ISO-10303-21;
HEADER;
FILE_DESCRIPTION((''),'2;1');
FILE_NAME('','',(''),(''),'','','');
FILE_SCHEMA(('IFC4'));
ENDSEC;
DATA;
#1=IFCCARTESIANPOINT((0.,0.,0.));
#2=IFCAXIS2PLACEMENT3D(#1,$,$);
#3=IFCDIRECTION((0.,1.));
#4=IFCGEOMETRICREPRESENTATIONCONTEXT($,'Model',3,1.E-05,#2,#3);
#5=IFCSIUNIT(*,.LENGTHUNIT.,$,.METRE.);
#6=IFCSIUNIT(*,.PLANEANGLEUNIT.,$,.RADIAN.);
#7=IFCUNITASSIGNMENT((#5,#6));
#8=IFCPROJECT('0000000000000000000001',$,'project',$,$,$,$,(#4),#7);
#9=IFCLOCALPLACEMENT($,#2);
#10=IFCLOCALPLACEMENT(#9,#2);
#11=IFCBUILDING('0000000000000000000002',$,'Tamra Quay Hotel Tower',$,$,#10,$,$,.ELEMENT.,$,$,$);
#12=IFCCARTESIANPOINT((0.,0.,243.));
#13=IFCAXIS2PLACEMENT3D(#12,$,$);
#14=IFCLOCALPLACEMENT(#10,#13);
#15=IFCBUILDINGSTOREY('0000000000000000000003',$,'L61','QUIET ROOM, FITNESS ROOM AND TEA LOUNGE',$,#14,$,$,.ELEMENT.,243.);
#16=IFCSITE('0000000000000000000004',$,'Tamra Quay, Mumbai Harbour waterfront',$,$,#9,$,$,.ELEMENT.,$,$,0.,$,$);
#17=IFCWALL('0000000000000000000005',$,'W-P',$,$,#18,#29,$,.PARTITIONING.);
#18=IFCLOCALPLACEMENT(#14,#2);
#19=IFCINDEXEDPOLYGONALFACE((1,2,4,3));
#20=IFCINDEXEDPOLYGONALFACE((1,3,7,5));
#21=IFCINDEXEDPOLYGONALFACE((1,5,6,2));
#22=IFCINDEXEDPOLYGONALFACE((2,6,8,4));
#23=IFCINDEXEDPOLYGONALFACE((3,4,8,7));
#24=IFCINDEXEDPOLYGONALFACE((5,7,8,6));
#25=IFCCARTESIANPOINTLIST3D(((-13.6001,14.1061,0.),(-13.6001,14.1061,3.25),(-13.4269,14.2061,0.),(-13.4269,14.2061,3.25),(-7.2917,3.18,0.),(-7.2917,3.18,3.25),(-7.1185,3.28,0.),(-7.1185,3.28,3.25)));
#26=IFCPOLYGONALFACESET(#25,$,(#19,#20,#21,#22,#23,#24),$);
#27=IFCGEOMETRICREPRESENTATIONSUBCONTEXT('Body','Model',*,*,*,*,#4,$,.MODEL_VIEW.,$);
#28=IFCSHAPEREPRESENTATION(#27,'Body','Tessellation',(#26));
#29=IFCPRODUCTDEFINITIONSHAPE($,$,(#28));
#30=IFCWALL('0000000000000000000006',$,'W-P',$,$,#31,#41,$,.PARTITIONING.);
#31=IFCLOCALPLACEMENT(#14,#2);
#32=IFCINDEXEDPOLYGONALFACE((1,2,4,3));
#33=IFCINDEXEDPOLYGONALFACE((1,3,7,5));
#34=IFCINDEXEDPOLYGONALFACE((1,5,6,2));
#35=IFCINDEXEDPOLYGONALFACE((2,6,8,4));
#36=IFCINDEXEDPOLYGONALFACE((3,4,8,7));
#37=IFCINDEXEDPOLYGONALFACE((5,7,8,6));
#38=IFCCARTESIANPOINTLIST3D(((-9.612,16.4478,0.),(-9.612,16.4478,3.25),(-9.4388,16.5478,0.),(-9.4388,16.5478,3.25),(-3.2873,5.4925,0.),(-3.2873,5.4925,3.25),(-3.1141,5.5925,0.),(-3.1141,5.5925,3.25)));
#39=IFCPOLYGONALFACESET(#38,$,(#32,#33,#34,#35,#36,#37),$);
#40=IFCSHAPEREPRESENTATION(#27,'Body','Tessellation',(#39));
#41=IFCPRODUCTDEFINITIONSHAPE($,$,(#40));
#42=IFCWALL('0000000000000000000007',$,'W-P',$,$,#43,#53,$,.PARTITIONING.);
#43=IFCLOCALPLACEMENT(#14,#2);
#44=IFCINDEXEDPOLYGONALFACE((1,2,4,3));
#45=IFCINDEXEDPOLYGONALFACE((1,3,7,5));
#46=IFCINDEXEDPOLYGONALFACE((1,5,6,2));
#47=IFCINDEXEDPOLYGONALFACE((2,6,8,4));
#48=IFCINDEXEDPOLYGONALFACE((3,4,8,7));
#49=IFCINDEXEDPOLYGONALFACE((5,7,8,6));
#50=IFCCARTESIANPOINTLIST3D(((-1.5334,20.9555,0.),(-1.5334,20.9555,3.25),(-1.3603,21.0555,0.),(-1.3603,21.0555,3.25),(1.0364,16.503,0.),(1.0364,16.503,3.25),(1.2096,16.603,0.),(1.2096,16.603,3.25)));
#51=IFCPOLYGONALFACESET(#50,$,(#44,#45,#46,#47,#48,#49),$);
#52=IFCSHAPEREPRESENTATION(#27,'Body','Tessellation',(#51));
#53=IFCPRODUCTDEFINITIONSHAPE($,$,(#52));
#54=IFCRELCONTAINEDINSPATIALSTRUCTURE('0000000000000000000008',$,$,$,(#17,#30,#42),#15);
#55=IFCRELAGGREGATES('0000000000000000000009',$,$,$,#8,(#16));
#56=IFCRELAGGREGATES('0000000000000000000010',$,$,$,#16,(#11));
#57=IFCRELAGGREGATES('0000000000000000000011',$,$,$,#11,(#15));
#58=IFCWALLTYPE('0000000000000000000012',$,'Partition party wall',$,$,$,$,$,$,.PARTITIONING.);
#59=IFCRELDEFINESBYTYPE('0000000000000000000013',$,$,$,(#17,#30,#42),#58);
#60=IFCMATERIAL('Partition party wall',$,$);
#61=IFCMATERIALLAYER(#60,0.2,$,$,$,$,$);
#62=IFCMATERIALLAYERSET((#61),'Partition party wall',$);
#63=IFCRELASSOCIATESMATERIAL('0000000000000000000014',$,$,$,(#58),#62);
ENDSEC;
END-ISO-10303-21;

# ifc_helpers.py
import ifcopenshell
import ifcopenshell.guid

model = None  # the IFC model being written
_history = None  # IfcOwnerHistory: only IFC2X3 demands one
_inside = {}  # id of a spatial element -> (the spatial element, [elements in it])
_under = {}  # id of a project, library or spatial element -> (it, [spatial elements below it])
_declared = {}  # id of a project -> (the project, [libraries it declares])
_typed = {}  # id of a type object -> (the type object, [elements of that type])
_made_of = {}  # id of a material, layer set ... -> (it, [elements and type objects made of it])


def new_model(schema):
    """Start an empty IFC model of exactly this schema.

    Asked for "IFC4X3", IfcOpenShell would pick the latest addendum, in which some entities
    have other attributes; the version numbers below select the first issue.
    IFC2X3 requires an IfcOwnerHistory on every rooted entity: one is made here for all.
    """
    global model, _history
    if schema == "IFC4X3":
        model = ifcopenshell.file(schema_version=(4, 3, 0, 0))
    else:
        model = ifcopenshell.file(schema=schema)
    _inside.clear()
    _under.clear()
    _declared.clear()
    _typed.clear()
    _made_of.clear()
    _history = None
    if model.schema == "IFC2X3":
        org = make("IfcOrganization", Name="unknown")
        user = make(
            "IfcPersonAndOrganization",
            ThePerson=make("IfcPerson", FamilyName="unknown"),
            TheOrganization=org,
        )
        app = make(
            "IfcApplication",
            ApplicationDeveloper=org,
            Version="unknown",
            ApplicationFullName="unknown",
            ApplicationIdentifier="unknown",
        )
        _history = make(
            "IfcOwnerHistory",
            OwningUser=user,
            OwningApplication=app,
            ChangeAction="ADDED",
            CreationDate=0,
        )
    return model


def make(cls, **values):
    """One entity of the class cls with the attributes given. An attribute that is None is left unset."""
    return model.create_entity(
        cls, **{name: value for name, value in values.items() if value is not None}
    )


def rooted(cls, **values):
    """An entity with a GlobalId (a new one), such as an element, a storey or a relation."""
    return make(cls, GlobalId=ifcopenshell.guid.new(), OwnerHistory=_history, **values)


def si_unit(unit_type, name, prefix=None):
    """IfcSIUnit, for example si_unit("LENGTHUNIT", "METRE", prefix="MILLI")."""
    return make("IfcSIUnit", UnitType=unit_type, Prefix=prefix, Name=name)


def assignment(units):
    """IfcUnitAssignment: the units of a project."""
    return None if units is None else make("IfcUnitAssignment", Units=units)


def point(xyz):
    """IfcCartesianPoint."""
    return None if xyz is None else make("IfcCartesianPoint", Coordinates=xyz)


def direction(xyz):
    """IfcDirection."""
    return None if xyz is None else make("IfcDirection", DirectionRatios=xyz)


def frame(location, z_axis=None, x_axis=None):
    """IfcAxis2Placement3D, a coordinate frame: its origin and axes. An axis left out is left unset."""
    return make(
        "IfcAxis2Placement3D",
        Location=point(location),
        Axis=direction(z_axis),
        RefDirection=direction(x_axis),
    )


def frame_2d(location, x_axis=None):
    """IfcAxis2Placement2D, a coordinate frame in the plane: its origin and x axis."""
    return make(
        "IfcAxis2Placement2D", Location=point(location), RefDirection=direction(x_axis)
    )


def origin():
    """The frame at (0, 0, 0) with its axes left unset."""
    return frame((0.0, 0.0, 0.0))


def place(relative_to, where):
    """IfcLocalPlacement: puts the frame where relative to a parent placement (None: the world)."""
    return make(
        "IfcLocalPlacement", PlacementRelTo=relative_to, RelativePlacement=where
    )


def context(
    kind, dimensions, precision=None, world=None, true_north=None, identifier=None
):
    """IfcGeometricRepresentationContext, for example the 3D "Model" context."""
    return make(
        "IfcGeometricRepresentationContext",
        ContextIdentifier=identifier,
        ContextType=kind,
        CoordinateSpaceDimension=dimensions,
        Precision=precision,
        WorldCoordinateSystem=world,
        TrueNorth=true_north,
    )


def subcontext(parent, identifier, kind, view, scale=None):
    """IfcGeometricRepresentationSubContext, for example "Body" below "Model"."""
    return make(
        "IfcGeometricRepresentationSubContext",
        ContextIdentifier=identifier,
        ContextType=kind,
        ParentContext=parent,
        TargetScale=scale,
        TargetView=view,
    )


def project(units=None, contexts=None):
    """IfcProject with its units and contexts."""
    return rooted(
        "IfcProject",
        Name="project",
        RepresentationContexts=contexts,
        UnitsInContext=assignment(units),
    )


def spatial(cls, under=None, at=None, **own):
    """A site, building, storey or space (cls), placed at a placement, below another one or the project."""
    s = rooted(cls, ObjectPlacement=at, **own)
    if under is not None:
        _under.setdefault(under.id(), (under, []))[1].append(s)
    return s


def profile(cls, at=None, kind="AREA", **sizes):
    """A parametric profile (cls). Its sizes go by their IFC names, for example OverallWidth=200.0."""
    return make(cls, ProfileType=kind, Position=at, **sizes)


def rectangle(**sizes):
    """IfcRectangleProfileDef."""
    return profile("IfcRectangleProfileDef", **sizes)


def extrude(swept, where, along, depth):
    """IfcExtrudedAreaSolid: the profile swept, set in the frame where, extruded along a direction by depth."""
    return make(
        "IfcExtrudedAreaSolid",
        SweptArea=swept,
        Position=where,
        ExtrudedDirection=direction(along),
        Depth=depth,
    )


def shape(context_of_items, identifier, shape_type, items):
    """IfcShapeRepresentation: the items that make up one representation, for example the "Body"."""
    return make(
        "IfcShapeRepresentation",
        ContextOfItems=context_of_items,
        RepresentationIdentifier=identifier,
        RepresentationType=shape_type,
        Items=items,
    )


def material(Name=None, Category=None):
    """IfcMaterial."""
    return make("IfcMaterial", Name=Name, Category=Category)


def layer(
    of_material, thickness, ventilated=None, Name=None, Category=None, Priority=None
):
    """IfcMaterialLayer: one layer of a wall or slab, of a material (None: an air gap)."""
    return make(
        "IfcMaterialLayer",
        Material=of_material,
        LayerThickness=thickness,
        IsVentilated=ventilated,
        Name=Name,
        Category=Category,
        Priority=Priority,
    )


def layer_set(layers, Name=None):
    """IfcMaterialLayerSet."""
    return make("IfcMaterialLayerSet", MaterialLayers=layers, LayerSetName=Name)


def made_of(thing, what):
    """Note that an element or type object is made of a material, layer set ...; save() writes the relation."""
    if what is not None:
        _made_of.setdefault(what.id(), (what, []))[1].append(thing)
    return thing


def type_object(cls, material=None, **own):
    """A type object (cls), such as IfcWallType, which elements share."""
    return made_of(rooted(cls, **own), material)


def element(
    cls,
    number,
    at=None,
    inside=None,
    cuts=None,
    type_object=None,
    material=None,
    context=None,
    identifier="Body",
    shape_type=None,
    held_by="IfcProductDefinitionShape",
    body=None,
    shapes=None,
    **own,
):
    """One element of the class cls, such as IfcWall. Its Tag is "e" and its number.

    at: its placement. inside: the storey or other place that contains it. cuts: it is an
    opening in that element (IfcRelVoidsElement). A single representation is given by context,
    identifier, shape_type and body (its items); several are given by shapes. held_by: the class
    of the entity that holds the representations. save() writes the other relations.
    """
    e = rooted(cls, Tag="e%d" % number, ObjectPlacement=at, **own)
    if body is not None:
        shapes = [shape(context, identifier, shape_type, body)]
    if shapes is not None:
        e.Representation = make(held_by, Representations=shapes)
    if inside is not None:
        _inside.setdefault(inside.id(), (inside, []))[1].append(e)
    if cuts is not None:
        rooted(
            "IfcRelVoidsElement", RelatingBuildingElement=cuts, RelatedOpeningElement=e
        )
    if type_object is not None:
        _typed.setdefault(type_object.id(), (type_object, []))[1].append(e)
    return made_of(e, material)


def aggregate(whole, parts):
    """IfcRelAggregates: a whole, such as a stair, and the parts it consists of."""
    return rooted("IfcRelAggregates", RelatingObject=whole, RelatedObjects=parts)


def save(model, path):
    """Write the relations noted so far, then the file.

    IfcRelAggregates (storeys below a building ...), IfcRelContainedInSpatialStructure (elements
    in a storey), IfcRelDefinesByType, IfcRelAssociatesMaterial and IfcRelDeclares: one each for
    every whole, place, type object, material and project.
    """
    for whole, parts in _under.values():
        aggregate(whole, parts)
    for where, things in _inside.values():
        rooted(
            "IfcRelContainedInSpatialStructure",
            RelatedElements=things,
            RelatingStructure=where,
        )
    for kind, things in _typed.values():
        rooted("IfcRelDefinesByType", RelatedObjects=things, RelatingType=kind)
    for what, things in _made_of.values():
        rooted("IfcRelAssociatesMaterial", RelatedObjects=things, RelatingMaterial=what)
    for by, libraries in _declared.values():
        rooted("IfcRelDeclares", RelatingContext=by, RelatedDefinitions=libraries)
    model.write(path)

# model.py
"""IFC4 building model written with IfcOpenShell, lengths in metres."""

from ifc_helpers import new_model, si_unit, direction, frame, frame_2d, origin, place, context, subcontext, project, spatial, rectangle, extrude, material, layer, layer_set, type_object, element, save


model = new_model("IFC4")

# Units and contexts
model_context = context("Model", 3, precision=1e-05, world=origin(), true_north=direction((0.0, 1.0)))
body_context = subcontext(model_context, "Body", "Model", "MODEL_VIEW")
ifc_project = project(units=[si_unit("LENGTHUNIT", "METRE"), si_unit("PLANEANGLEUNIT", "RADIAN")], contexts=[model_context])

# Site, building, storey
site_placement = place(None, origin())
site = spatial("IfcSite", under=ifc_project, at=site_placement, Name="Tamra Quay, Mumbai Harbour waterfront", CompositionType="ELEMENT", RefElevation=0.0)
building_placement = place(site_placement, origin())
building = spatial("IfcBuilding", under=site, at=building_placement, Name="Tamra Quay Hotel Tower", CompositionType="ELEMENT")
storey_placement = place(building_placement, frame((0.0, 0.0, 243.0)))
storey = spatial("IfcBuildingStorey", under=building, at=storey_placement, Name="L61", Description="QUIET ROOM, FITNESS ROOM AND TEA LOUNGE", CompositionType="ELEMENT", Elevation=243.0)

# Walls
ifc_material_1 = material(Name="Partition party wall")
ifc_layer_1 = layer(ifc_material_1, 0.2)
ifc_layer_set_1 = layer_set([ifc_layer_1], Name="Partition party wall")
wall_type = type_object("IfcWallType", Name="Partition party wall", PredefinedType="PARTITIONING", material=ifc_layer_set_1)
wall_1_placement = place(storey_placement, frame((-13.5134, 14.156, 0.0), z_axis=(0.0, 0.0, 1.0), x_axis=(0.500012, -0.866018, 0.0)))
element("IfcWall", 1, at=wall_1_placement, inside=storey, type_object=wall_type, Name="W-P", PredefinedType="PARTITIONING", context=body_context, shape_type="SweptSolid", body=[
    extrude(rectangle(XDim=12.6165, YDim=0.2, at=frame_2d((6.3081, 0.0))), origin(), (0.0, 0.0, 1.0), 3.25),
])
wall_2_placement = place(storey_placement, frame((-9.5254, 16.4978, 0.0), z_axis=(0.0, 0.0, 1.0), x_axis=(0.499979, -0.866037, 0.0)))
element("IfcWall", 2, at=wall_2_placement, inside=storey, type_object=wall_type, Name="W-P", PredefinedType="PARTITIONING", context=body_context, shape_type="SweptSolid", body=[
    extrude(rectangle(XDim=12.6499, YDim=0.2, at=frame_2d((6.325, 0.0))), origin(), (0.0, 0.0, 1.0), 3.25),
])
wall_3_placement = place(storey_placement, frame((-1.4468, 21.0054, 0.0), z_axis=(0.0, 0.0, 1.0), x_axis=(0.499888, -0.86609, 0.0)))
element("IfcWall", 3, at=wall_3_placement, inside=storey, type_object=wall_type, Name="W-P", PredefinedType="PARTITIONING", context=body_context, shape_type="SweptSolid", body=[
    extrude(rectangle(XDim=5.1409, YDim=0.2, at=frame_2d((2.5703, 0.0))), origin(), (0.0, 0.0, 1.0), 3.25),
])

save(model, "model.ifc")
